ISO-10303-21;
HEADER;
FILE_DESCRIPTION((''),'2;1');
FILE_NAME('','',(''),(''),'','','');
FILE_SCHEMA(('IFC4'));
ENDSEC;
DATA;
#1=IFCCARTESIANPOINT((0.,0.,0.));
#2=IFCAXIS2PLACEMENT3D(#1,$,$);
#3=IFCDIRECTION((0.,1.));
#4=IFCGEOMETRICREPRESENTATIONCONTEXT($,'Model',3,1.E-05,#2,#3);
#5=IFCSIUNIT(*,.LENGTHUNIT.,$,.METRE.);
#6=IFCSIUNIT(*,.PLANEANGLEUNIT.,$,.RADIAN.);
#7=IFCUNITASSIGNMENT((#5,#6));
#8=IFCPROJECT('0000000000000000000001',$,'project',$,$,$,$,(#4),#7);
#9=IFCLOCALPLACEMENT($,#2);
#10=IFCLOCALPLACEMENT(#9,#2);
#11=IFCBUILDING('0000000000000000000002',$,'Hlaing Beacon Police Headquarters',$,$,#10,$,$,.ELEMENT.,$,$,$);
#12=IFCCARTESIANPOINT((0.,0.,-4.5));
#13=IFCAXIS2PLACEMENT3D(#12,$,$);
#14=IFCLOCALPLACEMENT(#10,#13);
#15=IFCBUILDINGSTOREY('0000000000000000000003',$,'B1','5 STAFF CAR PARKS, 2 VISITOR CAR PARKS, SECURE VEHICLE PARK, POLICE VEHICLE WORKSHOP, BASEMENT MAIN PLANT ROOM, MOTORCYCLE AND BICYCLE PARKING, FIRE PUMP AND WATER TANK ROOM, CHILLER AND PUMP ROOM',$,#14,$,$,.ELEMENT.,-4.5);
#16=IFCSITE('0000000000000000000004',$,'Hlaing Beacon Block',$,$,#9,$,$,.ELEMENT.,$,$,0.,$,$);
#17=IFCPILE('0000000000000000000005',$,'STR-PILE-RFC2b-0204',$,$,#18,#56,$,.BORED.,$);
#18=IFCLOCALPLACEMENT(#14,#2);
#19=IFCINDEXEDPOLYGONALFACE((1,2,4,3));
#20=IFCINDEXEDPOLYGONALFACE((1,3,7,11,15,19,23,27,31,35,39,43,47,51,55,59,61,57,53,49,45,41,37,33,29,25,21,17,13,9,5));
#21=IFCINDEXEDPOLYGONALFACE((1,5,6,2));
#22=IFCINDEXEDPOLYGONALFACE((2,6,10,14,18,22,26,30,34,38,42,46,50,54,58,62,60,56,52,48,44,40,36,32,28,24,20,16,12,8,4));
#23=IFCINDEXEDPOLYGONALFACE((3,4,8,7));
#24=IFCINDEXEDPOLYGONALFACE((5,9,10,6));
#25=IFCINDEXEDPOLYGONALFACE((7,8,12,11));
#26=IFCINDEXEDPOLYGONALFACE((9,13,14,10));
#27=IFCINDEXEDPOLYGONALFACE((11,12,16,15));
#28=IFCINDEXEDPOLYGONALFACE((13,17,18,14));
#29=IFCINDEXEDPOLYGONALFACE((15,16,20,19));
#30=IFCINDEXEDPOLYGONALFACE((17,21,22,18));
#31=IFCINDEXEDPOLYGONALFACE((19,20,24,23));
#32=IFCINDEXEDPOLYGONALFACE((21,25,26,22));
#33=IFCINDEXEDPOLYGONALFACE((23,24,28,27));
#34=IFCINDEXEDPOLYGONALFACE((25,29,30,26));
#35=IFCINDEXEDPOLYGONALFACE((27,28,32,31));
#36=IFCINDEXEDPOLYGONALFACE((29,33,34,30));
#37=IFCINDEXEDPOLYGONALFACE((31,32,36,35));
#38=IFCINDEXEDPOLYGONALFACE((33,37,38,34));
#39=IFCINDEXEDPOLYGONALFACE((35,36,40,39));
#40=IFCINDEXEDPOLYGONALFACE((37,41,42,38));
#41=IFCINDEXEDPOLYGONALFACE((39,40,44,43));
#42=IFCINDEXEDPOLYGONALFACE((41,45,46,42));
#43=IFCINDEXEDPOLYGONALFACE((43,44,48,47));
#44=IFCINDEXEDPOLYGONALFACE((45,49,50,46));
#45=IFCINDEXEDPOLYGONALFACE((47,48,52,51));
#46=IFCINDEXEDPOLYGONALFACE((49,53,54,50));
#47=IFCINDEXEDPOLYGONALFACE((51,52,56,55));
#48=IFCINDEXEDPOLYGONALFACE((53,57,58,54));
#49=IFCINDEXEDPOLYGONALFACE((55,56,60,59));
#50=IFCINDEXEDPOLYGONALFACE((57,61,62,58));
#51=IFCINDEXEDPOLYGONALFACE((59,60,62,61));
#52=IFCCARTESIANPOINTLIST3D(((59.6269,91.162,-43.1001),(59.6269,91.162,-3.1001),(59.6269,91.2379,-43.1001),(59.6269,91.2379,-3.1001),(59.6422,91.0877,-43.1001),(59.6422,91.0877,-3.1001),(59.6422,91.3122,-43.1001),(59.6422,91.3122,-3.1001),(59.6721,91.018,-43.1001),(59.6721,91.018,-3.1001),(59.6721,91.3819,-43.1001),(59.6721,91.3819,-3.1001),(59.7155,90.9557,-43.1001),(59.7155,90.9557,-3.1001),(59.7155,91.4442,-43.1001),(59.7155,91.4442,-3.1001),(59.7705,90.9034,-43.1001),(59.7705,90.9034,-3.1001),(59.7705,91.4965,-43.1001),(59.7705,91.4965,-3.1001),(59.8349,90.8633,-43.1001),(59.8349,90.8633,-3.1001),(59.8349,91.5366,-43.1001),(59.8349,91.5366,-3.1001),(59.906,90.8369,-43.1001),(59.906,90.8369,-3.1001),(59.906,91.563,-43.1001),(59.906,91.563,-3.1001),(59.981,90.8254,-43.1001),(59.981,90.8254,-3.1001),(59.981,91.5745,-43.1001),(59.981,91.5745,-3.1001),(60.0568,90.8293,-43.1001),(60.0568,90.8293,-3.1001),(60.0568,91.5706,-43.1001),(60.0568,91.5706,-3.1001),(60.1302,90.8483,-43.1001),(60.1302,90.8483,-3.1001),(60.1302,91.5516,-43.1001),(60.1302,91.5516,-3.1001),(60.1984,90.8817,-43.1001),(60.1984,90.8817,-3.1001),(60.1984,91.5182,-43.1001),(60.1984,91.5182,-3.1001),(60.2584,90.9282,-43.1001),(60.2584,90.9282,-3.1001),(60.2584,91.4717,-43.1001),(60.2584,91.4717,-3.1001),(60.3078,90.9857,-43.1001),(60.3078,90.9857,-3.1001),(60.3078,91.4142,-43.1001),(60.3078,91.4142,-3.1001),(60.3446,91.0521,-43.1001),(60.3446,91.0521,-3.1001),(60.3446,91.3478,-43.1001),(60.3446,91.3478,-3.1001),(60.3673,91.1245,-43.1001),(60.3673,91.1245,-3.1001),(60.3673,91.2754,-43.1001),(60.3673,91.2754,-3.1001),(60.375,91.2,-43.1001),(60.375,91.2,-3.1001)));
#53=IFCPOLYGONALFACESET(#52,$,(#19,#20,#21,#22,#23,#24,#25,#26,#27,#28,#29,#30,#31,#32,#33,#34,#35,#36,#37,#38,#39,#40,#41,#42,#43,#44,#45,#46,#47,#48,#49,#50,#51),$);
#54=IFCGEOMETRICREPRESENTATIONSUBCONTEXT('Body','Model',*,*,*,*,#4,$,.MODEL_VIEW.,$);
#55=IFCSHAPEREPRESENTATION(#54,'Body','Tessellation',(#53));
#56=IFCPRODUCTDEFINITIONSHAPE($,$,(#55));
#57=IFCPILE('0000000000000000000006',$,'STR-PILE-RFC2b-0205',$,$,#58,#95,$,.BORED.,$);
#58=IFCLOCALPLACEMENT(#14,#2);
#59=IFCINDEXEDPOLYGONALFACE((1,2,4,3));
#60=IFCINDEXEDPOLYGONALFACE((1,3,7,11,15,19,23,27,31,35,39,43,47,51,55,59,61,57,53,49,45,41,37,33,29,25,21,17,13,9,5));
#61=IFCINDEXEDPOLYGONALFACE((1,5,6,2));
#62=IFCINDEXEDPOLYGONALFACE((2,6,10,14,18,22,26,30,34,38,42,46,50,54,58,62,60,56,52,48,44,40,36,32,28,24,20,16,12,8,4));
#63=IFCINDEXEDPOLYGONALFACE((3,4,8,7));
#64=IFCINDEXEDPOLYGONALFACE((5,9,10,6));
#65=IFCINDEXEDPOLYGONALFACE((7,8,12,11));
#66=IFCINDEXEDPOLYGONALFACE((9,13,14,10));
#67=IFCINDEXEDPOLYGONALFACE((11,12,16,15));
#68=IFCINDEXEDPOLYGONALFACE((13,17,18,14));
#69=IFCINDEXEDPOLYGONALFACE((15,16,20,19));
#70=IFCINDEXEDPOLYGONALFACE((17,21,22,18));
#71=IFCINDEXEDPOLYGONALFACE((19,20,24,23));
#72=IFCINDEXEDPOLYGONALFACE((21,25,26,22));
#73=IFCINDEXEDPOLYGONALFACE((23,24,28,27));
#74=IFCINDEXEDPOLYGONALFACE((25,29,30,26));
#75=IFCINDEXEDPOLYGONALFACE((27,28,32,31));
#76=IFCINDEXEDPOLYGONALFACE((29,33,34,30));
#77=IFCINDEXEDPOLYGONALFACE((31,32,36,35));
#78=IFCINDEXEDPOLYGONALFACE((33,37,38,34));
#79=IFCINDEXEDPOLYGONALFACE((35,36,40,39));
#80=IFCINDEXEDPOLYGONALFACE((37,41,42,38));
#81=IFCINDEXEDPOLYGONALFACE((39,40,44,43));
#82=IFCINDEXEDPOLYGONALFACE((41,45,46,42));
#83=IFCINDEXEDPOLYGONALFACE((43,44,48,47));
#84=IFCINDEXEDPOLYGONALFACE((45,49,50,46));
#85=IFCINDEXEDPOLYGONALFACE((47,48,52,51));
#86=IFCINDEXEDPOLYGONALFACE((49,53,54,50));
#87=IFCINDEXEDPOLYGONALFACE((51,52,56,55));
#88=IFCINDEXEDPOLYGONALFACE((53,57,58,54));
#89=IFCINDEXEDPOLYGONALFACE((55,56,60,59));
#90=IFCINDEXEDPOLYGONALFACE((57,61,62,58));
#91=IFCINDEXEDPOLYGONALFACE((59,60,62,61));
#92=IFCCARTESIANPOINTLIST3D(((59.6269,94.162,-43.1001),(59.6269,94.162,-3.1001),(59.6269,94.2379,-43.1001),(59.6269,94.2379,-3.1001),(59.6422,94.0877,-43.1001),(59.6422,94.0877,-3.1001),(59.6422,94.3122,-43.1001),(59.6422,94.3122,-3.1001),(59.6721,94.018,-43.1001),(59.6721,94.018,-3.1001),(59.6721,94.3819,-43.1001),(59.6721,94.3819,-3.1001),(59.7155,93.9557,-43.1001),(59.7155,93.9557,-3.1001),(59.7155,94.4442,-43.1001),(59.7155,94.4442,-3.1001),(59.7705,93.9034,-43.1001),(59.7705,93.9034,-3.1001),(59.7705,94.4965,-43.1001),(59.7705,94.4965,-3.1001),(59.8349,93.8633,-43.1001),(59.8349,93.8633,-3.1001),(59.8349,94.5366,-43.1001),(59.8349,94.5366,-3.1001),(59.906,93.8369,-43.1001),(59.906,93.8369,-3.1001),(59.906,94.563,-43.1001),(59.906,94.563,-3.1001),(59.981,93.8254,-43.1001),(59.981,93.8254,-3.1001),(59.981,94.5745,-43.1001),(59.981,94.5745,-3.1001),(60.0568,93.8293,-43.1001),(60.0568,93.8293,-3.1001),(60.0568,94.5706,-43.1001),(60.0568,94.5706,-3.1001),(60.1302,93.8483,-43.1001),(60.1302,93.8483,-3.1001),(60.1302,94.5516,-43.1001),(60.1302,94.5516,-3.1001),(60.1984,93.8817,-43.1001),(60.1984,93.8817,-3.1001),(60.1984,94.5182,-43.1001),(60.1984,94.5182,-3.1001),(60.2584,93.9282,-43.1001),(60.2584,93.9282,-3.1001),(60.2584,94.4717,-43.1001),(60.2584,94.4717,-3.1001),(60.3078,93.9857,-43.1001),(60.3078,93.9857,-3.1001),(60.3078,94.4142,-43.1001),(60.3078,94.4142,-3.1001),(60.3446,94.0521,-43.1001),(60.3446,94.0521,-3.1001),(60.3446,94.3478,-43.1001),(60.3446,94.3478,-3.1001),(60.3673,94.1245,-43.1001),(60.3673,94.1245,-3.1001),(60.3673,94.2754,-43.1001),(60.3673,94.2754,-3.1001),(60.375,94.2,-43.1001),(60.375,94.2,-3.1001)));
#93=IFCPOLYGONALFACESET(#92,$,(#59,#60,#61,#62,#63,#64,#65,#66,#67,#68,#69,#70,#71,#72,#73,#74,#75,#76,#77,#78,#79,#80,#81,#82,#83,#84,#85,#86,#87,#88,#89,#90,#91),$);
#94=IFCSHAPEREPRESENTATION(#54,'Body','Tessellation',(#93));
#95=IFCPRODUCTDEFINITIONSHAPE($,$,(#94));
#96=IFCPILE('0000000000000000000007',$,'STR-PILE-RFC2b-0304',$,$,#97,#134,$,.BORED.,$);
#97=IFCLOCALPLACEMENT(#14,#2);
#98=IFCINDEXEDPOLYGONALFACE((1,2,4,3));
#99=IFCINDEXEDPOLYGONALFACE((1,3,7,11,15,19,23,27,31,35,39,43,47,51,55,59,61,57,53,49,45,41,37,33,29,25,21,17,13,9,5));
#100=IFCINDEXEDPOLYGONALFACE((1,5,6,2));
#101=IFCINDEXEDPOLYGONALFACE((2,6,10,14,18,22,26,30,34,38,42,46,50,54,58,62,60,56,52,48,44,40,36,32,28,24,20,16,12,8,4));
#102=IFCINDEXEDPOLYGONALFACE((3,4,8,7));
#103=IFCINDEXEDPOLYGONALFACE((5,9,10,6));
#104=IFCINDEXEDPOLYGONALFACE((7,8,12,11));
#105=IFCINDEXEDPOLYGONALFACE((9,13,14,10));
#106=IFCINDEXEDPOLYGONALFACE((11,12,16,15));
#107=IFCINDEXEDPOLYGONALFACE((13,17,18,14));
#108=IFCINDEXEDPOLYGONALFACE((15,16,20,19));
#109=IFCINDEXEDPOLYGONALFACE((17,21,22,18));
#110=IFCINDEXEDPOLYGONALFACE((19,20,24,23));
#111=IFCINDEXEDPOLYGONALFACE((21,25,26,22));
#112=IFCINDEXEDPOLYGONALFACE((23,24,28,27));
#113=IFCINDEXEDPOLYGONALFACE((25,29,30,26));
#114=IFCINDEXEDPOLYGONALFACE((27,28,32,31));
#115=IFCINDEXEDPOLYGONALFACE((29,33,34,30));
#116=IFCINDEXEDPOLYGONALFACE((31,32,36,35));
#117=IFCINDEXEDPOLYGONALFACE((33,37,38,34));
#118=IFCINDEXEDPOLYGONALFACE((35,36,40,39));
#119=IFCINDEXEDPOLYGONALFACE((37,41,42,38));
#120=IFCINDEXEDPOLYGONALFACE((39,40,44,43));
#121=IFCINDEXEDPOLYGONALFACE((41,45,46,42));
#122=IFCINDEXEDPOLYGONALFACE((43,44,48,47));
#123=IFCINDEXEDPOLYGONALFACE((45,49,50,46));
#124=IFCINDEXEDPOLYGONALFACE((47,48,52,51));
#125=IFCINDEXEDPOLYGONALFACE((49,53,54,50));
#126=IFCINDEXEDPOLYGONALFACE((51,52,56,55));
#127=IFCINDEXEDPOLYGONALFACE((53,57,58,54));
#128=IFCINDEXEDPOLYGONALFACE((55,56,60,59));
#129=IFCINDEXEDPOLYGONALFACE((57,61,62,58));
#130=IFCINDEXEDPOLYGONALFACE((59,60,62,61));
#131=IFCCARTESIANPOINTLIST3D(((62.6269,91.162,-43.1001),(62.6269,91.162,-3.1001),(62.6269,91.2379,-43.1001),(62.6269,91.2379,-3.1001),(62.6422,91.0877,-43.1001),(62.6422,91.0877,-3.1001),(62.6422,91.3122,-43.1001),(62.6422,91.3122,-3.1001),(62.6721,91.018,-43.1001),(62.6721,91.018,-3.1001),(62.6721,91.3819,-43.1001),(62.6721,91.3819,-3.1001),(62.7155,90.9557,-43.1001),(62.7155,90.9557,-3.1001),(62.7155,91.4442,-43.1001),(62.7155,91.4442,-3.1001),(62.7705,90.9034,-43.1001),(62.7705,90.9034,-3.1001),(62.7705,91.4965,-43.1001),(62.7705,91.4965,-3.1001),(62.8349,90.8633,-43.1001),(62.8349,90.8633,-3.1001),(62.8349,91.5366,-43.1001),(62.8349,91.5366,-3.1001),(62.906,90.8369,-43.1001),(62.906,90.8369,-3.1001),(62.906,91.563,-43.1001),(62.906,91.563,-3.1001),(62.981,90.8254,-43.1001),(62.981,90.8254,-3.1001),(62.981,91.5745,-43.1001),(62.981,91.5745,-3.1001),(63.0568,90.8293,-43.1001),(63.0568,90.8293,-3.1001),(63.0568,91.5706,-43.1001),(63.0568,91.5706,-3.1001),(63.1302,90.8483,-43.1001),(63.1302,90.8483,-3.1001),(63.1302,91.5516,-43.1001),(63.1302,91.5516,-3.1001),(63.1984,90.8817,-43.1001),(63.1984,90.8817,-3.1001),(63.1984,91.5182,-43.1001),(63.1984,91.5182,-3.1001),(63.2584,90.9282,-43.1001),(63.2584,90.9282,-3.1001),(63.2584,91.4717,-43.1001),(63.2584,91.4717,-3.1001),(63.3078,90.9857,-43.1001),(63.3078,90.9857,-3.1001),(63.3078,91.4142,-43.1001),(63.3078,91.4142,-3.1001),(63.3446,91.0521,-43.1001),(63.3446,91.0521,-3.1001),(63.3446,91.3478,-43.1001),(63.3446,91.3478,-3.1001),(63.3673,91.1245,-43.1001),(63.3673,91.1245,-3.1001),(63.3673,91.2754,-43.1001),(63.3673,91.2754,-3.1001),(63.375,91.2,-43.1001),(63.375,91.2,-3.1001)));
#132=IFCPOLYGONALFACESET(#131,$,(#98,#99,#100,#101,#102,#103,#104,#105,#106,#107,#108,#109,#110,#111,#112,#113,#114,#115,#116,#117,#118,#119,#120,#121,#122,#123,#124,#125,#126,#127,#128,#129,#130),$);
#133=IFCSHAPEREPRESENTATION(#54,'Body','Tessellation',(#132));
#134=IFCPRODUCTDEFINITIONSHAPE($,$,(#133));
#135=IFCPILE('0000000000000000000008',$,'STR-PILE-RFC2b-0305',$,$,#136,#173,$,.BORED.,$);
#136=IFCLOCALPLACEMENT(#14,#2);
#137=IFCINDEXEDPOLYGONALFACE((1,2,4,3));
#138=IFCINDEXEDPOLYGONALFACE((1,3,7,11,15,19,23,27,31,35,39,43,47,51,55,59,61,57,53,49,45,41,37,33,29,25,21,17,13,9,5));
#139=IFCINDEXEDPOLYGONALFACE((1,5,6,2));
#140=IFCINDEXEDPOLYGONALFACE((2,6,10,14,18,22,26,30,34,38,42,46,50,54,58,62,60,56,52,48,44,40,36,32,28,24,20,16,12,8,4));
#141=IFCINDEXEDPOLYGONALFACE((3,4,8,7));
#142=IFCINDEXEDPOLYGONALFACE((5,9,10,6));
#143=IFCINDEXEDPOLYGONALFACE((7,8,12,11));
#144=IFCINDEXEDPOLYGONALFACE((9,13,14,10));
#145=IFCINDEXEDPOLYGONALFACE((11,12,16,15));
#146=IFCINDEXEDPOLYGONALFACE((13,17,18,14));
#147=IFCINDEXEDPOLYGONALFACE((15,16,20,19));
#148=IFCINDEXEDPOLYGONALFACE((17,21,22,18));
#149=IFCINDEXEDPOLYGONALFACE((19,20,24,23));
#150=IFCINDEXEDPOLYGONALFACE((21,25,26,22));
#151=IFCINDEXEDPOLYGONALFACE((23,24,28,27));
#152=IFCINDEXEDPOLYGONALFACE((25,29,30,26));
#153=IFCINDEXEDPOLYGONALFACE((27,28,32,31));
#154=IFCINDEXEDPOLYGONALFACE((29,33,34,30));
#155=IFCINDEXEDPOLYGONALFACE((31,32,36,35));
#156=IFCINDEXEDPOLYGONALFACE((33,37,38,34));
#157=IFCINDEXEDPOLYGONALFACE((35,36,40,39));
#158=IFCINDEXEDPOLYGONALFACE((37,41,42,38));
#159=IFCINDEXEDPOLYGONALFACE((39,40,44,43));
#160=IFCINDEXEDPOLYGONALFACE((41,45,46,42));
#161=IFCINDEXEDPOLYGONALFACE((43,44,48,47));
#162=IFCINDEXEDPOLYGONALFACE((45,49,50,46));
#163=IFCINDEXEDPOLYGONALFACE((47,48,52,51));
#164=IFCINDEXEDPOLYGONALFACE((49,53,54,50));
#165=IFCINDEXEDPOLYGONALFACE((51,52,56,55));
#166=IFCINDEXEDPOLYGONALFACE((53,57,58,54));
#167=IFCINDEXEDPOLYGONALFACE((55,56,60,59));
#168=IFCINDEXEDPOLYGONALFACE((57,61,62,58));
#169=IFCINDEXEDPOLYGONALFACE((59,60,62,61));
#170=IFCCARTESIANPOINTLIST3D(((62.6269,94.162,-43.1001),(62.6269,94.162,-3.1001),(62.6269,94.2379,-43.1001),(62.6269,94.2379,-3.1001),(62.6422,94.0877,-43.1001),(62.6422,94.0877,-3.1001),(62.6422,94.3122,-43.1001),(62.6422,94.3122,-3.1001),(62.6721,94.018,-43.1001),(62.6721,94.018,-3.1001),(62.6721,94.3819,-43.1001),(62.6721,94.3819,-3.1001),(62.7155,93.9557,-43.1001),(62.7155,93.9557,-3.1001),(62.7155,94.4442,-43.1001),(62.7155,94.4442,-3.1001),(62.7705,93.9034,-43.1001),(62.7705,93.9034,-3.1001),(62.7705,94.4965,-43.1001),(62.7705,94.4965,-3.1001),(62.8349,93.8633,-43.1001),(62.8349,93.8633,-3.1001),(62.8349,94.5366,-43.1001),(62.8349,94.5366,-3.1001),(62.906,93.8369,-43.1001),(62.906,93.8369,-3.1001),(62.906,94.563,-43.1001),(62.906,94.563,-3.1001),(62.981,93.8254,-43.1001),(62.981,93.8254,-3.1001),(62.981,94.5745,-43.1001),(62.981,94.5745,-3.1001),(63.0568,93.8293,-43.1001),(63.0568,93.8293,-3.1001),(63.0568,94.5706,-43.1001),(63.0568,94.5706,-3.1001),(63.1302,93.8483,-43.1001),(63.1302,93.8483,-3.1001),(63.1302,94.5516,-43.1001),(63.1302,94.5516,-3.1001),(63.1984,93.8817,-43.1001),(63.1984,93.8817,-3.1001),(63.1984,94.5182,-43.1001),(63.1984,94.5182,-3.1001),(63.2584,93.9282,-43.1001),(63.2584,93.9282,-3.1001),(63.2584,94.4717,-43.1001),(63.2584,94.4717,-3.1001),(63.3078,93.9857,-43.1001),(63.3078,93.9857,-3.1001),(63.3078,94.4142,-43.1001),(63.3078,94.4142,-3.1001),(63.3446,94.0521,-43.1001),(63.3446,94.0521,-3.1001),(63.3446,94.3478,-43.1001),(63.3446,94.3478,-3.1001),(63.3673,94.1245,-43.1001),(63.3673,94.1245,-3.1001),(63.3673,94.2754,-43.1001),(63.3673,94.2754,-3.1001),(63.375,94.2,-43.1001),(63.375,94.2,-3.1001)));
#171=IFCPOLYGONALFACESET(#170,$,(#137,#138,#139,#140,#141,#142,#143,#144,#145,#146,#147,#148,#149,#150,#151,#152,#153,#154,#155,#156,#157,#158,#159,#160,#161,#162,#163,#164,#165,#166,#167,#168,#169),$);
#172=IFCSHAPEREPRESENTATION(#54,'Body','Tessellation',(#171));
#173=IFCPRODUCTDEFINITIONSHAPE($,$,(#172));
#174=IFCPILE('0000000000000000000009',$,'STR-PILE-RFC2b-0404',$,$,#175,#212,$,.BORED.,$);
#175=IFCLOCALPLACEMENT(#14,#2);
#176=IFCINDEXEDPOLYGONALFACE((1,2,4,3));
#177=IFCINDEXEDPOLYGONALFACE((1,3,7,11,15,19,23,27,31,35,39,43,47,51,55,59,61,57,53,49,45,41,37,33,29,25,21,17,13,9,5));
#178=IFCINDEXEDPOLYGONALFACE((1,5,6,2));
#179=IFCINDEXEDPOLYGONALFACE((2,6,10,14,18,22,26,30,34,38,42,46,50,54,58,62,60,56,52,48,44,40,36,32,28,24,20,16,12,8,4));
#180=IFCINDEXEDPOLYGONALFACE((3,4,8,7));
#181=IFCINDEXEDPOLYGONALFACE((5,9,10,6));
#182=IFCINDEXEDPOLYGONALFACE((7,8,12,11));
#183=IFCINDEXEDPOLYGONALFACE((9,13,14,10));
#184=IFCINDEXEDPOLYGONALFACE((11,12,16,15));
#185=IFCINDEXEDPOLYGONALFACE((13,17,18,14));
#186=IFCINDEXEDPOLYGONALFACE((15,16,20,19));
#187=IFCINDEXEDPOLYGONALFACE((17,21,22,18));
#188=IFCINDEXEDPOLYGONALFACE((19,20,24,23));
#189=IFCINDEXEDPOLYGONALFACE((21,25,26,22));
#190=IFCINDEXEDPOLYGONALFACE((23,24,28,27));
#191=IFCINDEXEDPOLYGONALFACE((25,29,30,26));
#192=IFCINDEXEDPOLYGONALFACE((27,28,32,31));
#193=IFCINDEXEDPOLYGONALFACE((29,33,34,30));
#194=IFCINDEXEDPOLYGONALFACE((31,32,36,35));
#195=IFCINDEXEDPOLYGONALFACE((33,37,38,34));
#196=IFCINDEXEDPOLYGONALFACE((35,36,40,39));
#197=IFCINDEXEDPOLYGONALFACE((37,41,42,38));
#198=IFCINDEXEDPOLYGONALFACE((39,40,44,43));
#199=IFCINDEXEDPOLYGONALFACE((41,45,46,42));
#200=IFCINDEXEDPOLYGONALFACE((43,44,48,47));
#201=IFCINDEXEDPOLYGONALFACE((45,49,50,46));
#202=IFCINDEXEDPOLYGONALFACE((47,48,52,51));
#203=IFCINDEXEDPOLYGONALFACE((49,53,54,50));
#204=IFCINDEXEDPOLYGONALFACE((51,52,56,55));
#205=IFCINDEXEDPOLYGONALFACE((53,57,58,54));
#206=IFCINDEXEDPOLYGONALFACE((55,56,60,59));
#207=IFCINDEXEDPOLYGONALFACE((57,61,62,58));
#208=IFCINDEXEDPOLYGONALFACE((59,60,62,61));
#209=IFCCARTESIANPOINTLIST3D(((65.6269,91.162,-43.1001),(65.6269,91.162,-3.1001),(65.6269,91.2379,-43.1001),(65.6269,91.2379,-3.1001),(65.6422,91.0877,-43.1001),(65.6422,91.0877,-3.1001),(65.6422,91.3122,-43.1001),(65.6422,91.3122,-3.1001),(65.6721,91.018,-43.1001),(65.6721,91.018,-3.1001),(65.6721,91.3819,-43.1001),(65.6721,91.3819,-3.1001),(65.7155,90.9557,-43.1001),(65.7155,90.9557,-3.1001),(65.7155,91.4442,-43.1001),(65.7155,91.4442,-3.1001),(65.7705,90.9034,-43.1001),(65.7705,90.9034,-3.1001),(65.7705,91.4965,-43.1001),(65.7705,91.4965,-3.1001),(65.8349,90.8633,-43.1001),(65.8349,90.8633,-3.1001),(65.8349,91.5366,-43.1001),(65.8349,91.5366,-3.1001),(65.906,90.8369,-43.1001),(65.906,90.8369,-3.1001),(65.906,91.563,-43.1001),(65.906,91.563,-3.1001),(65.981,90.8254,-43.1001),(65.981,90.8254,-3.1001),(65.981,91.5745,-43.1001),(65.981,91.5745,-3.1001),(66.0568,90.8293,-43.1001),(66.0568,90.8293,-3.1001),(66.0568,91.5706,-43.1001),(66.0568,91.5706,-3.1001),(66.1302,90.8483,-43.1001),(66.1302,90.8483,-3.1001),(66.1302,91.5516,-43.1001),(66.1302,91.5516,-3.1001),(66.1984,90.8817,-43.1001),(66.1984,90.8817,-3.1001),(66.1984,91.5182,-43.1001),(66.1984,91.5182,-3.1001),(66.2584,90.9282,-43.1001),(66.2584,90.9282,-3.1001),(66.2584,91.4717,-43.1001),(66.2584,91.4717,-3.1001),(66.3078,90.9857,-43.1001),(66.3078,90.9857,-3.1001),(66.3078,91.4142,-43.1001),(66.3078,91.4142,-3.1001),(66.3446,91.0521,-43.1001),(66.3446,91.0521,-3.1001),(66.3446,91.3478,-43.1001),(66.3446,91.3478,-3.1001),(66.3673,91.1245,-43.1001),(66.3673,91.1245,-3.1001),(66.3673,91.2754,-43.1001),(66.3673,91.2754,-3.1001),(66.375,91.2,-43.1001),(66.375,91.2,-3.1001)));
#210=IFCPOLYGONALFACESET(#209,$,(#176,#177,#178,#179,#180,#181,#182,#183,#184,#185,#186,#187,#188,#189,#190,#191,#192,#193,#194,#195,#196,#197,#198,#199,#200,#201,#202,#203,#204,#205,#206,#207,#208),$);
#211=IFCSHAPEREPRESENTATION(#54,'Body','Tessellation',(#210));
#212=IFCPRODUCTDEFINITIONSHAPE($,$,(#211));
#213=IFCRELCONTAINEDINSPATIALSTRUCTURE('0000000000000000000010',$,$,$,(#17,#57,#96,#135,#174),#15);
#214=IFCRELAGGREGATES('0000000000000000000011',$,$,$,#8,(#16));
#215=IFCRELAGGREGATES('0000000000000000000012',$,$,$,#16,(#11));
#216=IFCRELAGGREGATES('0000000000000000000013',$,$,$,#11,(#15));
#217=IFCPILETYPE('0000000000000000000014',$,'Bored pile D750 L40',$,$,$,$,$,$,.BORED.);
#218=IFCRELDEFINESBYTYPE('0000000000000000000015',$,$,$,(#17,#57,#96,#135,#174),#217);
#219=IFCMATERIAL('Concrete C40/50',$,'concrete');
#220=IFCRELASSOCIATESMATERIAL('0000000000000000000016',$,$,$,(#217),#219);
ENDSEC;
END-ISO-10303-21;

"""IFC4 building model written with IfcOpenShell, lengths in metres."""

from ifc_helpers import new_model, si_unit, direction, frame, origin, origin_2d, place, context, subcontext, project, spatial, circle, extrude, material, material_profile, profile_set, type_object, element, save


model = new_model("IFC4")

# Units and contexts
model_context = context("Model", 3, precision=1e-05, world=origin(), true_north=direction((0.0, 1.0)))
body_context = subcontext(model_context, "Body", "Model", "MODEL_VIEW")
ifc_project = project(units=[si_unit("LENGTHUNIT", "METRE"), si_unit("PLANEANGLEUNIT", "RADIAN")], contexts=[model_context])

# Site, building, storey
site_placement = place(None, origin())
site = spatial("IfcSite", under=ifc_project, at=site_placement, Name="Hlaing Beacon Block", CompositionType="ELEMENT", RefElevation=0.0)
building_placement = place(site_placement, origin())
building = spatial("IfcBuilding", under=site, at=building_placement, Name="Hlaing Beacon Police Headquarters", CompositionType="ELEMENT")
storey_placement = place(building_placement, frame((0.0, 0.0, -4.5)))
storey = spatial("IfcBuildingStorey", under=building, at=storey_placement, Name="B1", Description="5 STAFF CAR PARKS, 2 VISITOR CAR PARKS, SECURE VEHICLE PARK, POLICE VEHICLE WORKSHOP, BASEMENT MAIN PLANT ROOM, MOTORCYCLE AND BICYCLE PARKING, FIRE PUMP AND WATER TANK ROOM, CHILLER AND PUMP ROOM", CompositionType="ELEMENT", Elevation=-4.5)

# Piles
ifc_material_1 = material(Name="Concrete C40/50", Category="concrete")
ifc_material_profile_1 = material_profile(ifc_material_1, circle(Radius=0.375, at=origin_2d()), Name="D750")
ifc_profile_set_1 = profile_set([ifc_material_profile_1], Name="Concrete C40/50")
pile_type_1 = type_object("IfcPileType", Name="Bored pile D750 L40", PredefinedType="BORED", material=ifc_profile_set_1)
for number, where, z_axis, x_axis, name in (
    (1, (60.0, 91.2, -3.1001), (0.0, 0.0, -1.0), (1.0, 0.0, 0.0), "STR-PILE-RFC2b-0204"),
    (2, (60.0, 94.2, -3.1001), (0.0, 0.0, -1.0), (1.0, 0.0, 0.0), "STR-PILE-RFC2b-0205"),
    (3, (63.0, 91.2, -3.1001), (0.0, 0.0, -1.0), (1.0, 0.0, 0.0), "STR-PILE-RFC2b-0304"),
    (4, (63.0, 94.2, -3.1001), (0.0, 0.0, -1.0), (1.0, 0.0, 0.0), "STR-PILE-RFC2b-0305"),
    (5, (66.0, 91.2, -3.1001), (0.0, 0.0, -1.0), (1.0, 0.0, 0.0), "STR-PILE-RFC2b-0404"),
):
    element("IfcPile", number, at=place(storey_placement, frame(where, z_axis=z_axis, x_axis=x_axis)), inside=storey, type_object=pile_type_1, Name=name, PredefinedType="BORED", context=body_context, shape_type="SweptSolid", body=[
        extrude(circle(Radius=0.375, at=origin_2d()), origin(), (0.0, 0.0, 1.0), 40.0),
    ])

save(model, "model.ifc")
